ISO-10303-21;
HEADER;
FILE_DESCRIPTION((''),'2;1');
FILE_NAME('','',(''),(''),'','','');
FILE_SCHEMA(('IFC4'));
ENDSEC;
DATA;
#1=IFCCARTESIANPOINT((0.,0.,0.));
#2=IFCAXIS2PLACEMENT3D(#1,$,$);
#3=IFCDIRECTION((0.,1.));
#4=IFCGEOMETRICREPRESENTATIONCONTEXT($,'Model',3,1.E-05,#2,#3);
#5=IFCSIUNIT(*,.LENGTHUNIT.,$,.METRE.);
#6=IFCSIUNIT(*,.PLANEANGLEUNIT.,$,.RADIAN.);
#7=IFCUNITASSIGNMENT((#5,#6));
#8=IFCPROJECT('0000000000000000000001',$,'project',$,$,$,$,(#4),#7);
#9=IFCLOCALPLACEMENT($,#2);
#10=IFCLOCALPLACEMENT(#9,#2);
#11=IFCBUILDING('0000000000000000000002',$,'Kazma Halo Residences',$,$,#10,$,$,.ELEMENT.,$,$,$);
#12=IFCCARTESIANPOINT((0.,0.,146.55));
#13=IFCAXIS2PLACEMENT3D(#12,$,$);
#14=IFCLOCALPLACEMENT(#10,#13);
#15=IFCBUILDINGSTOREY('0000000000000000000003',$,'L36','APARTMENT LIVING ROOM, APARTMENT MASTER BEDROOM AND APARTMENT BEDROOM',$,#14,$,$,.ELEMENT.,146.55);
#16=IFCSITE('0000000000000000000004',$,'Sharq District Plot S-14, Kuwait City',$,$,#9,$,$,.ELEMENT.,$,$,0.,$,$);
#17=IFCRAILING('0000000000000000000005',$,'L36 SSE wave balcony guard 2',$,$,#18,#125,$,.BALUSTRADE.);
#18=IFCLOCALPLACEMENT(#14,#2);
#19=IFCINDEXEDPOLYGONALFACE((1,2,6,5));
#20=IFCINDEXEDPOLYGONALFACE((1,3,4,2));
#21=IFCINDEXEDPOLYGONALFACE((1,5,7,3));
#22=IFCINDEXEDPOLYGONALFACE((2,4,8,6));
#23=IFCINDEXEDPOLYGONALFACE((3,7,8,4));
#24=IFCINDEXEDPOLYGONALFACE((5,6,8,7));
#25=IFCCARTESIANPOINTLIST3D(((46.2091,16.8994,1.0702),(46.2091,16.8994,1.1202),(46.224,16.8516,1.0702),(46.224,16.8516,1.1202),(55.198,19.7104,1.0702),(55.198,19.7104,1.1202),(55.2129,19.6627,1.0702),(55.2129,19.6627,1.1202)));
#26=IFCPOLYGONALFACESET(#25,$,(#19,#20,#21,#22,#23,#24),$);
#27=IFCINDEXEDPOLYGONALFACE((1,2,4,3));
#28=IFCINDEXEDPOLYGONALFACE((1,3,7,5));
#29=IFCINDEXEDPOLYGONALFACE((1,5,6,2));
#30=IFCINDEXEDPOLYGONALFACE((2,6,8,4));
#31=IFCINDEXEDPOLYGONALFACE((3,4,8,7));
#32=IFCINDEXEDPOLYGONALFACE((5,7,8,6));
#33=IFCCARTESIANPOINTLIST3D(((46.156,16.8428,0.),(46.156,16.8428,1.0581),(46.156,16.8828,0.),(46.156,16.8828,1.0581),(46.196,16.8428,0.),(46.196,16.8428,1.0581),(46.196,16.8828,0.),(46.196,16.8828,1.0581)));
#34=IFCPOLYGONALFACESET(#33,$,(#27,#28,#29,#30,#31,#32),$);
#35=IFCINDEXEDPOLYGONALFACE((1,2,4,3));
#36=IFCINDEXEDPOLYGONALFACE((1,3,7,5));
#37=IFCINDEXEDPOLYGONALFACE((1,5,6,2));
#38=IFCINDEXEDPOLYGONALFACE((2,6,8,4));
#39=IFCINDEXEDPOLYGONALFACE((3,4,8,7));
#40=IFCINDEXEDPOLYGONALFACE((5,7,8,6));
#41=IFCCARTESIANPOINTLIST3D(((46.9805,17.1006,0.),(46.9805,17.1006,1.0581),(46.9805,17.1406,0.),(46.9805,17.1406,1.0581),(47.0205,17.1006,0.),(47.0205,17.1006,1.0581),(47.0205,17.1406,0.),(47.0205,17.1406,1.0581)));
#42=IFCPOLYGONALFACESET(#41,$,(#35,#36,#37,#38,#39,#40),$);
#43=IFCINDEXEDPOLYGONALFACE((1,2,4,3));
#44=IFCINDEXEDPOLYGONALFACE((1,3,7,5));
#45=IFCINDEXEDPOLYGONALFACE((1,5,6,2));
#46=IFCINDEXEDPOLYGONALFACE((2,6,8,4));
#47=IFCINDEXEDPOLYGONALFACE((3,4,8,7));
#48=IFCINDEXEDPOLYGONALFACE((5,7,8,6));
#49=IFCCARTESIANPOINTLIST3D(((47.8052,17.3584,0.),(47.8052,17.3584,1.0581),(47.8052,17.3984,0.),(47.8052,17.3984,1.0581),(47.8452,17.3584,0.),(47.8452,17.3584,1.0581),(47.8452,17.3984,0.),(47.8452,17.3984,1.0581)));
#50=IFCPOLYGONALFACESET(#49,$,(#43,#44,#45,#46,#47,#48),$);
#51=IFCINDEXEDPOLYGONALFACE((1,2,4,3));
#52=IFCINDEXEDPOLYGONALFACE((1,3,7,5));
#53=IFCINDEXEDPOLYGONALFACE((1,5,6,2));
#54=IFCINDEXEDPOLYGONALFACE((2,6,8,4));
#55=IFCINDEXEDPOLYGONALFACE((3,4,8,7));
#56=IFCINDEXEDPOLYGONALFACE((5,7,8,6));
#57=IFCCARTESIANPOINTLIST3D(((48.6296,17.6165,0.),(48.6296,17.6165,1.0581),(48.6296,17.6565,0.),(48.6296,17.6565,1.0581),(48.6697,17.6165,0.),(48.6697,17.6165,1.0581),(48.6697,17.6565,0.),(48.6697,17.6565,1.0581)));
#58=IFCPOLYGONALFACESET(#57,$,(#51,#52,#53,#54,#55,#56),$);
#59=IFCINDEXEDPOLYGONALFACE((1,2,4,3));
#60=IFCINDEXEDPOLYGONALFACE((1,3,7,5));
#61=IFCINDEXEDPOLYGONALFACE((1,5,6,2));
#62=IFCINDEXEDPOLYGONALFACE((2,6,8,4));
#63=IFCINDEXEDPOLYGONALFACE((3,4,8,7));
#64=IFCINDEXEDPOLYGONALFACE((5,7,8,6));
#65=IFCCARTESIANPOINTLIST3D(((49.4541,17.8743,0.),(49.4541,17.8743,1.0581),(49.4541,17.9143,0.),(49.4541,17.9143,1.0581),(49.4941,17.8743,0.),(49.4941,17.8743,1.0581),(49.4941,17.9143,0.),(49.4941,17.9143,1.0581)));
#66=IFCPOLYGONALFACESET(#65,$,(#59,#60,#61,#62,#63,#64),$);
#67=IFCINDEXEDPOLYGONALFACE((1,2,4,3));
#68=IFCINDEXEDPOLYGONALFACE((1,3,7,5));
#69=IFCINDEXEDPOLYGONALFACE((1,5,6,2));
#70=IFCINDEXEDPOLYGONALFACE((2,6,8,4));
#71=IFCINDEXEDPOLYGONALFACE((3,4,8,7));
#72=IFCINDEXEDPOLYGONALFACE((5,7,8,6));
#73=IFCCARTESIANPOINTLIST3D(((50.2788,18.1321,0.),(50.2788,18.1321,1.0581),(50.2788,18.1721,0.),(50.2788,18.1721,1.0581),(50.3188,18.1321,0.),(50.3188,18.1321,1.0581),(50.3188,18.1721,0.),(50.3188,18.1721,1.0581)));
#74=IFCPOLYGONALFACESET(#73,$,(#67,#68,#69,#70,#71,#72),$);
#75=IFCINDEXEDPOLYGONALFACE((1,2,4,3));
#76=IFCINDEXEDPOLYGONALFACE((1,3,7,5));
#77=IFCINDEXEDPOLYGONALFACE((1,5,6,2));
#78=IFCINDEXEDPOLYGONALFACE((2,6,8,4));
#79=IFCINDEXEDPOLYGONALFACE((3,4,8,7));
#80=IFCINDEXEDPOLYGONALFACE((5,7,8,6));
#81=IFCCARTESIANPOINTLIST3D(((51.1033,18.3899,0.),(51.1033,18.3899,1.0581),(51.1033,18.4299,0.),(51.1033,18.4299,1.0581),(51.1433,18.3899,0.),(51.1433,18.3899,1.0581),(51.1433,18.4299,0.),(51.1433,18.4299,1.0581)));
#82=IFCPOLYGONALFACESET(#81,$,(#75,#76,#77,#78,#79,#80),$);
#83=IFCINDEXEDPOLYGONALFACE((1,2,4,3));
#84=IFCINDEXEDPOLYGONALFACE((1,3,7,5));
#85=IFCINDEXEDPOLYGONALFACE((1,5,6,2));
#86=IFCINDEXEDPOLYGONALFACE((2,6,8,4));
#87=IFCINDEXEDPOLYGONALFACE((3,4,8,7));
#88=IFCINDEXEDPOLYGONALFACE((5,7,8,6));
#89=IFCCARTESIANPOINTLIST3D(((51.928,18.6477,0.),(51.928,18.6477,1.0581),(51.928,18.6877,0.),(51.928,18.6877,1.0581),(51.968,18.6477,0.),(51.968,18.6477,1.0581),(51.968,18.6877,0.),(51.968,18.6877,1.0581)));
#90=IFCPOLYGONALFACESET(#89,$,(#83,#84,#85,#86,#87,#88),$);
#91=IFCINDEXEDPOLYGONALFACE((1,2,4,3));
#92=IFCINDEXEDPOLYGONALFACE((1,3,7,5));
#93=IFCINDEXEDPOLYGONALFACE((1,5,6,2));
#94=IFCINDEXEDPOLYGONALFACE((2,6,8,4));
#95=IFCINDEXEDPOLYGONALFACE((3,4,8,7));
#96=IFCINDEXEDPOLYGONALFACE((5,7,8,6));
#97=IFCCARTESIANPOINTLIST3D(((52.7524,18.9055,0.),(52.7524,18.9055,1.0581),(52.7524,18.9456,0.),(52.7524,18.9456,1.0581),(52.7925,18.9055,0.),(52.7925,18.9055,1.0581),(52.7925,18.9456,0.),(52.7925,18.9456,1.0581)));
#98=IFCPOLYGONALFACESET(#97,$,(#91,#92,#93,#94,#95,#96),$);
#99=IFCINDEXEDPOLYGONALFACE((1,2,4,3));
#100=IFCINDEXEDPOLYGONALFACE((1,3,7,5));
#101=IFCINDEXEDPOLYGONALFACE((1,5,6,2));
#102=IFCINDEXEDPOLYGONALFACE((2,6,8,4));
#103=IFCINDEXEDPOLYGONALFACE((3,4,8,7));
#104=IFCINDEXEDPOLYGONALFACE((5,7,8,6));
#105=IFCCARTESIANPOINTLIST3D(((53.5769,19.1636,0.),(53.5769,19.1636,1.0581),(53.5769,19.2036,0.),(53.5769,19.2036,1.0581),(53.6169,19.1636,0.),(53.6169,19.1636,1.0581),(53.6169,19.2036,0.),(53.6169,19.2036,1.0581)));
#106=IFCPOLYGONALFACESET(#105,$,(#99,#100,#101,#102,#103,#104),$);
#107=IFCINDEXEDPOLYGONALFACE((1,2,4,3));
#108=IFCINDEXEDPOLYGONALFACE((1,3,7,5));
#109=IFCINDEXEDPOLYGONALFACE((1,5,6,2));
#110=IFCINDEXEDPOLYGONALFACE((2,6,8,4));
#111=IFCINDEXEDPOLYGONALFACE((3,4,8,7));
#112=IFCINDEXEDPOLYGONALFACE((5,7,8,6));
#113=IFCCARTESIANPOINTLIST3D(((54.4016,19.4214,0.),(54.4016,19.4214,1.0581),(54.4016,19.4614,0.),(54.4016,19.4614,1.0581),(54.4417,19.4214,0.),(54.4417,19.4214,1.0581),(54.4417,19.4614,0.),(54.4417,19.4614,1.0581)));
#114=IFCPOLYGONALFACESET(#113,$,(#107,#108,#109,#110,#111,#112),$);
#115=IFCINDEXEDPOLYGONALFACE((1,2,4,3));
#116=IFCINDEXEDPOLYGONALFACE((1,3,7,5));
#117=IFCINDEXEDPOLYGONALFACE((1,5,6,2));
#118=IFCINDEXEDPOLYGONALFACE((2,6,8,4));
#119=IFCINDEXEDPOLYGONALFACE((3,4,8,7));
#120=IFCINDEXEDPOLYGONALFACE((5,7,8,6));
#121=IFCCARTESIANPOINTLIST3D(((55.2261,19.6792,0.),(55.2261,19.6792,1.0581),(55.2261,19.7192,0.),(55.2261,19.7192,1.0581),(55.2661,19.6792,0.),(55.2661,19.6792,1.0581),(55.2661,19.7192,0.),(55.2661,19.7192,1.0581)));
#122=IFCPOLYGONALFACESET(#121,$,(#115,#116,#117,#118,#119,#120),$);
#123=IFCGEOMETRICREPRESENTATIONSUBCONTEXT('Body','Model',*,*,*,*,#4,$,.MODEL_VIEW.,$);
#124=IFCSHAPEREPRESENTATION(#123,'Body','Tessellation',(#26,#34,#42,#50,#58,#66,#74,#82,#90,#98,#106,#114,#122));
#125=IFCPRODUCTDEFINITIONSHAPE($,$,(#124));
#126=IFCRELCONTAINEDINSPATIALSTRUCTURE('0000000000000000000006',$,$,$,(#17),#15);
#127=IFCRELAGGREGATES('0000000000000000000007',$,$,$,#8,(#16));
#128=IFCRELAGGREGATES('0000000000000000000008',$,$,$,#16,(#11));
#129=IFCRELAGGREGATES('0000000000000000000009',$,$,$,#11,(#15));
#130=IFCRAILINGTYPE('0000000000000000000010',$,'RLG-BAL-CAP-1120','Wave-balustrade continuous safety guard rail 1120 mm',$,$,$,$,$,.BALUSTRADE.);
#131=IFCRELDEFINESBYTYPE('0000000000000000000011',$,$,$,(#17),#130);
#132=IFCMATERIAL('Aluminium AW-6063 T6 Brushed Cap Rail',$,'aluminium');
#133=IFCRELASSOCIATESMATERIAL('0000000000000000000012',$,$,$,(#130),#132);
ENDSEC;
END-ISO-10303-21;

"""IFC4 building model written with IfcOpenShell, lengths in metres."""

from ifc_helpers import new_model, si_unit, direction, frame, origin, origin_2d, place, context, subcontext, project, spatial, rectangle, extrude, material, type_object, element, save


model = new_model("IFC4")

# Units and contexts
model_context = context("Model", 3, precision=1e-05, world=origin(), true_north=direction((0.0, 1.0)))
body_context = subcontext(model_context, "Body", "Model", "MODEL_VIEW")
ifc_project = project(units=[si_unit("LENGTHUNIT", "METRE"), si_unit("PLANEANGLEUNIT", "RADIAN")], contexts=[model_context])

# Site, building, storey
site_placement = place(None, origin())
site = spatial("IfcSite", under=ifc_project, at=site_placement, Name="Sharq District Plot S-14, Kuwait City", CompositionType="ELEMENT", RefElevation=0.0)
building_placement = place(site_placement, origin())
building = spatial("IfcBuilding", under=site, at=building_placement, Name="Kazma Halo Residences", CompositionType="ELEMENT")
storey_placement = place(building_placement, frame((0.0, 0.0, 146.55)))
storey = spatial("IfcBuildingStorey", under=building, at=storey_placement, Name="L36", Description="APARTMENT LIVING ROOM, APARTMENT MASTER BEDROOM AND APARTMENT BEDROOM", CompositionType="ELEMENT", Elevation=146.55)

# Railing
ifc_material_1 = material(Name="Aluminium AW-6063 T6 Brushed Cap Rail", Category="aluminium")
railing_type = type_object("IfcRailingType", Name="RLG-BAL-CAP-1120", Description="Wave-balustrade continuous safety guard rail 1120 mm", PredefinedType="BALUSTRADE", material=ifc_material_1)
railing_1_placement = place(storey_placement, frame((46.176, 16.8628, 0.0)))
element("IfcRailing", 1, at=railing_1_placement, inside=storey, type_object=railing_type, Name="L36 SSE wave balcony guard 2", PredefinedType="BALUSTRADE", context=body_context, shape_type="SweptSolid", body=[
    extrude(rectangle(XDim=0.05, YDim=0.05, at=origin_2d()), frame((0.0405, 0.0127, 1.0952), z_axis=(0.954419, 0.29847, 0.0), x_axis=(-0.29847, 0.954419, 0.0)), (0.0, 0.0, 1.0), 9.4182),
    extrude(rectangle(XDim=0.04, YDim=0.04, at=origin_2d()), origin(), (0.0, 0.0, 1.0), 1.0581),
    extrude(rectangle(XDim=0.04, YDim=0.04, at=origin_2d()), frame((0.8245, 0.2578, 0.0)), (0.0, 0.0, 1.0), 1.0581),
    extrude(rectangle(XDim=0.04, YDim=0.04, at=origin_2d()), frame((1.6492, 0.5156, 0.0)), (0.0, 0.0, 1.0), 1.0581),
    extrude(rectangle(XDim=0.04, YDim=0.04, at=origin_2d()), frame((2.4736, 0.7737, 0.0)), (0.0, 0.0, 1.0), 1.0581),
    extrude(rectangle(XDim=0.04, YDim=0.04, at=origin_2d()), frame((3.2981, 1.0315, 0.0)), (0.0, 0.0, 1.0), 1.0581),
    extrude(rectangle(XDim=0.04, YDim=0.04, at=origin_2d()), frame((4.1228, 1.2893, 0.0)), (0.0, 0.0, 1.0), 1.0581),
    extrude(rectangle(XDim=0.04, YDim=0.04, at=origin_2d()), frame((4.9473, 1.5471, 0.0)), (0.0, 0.0, 1.0), 1.0581),
    extrude(rectangle(XDim=0.04, YDim=0.04, at=origin_2d()), frame((5.772, 1.8049, 0.0)), (0.0, 0.0, 1.0), 1.0581),
    extrude(rectangle(XDim=0.04, YDim=0.04, at=origin_2d()), frame((6.5964, 2.0627, 0.0)), (0.0, 0.0, 1.0), 1.0581),
    extrude(rectangle(XDim=0.04, YDim=0.04, at=origin_2d()), frame((7.4209, 2.3208, 0.0)), (0.0, 0.0, 1.0), 1.0581),
    extrude(rectangle(XDim=0.04, YDim=0.04, at=origin_2d()), frame((8.2456, 2.5786, 0.0)), (0.0, 0.0, 1.0), 1.0581),
    extrude(rectangle(XDim=0.04, YDim=0.04, at=origin_2d()), frame((9.0701, 2.8364, 0.0)), (0.0, 0.0, 1.0), 1.0581),
])

save(model, "model.ifc")
